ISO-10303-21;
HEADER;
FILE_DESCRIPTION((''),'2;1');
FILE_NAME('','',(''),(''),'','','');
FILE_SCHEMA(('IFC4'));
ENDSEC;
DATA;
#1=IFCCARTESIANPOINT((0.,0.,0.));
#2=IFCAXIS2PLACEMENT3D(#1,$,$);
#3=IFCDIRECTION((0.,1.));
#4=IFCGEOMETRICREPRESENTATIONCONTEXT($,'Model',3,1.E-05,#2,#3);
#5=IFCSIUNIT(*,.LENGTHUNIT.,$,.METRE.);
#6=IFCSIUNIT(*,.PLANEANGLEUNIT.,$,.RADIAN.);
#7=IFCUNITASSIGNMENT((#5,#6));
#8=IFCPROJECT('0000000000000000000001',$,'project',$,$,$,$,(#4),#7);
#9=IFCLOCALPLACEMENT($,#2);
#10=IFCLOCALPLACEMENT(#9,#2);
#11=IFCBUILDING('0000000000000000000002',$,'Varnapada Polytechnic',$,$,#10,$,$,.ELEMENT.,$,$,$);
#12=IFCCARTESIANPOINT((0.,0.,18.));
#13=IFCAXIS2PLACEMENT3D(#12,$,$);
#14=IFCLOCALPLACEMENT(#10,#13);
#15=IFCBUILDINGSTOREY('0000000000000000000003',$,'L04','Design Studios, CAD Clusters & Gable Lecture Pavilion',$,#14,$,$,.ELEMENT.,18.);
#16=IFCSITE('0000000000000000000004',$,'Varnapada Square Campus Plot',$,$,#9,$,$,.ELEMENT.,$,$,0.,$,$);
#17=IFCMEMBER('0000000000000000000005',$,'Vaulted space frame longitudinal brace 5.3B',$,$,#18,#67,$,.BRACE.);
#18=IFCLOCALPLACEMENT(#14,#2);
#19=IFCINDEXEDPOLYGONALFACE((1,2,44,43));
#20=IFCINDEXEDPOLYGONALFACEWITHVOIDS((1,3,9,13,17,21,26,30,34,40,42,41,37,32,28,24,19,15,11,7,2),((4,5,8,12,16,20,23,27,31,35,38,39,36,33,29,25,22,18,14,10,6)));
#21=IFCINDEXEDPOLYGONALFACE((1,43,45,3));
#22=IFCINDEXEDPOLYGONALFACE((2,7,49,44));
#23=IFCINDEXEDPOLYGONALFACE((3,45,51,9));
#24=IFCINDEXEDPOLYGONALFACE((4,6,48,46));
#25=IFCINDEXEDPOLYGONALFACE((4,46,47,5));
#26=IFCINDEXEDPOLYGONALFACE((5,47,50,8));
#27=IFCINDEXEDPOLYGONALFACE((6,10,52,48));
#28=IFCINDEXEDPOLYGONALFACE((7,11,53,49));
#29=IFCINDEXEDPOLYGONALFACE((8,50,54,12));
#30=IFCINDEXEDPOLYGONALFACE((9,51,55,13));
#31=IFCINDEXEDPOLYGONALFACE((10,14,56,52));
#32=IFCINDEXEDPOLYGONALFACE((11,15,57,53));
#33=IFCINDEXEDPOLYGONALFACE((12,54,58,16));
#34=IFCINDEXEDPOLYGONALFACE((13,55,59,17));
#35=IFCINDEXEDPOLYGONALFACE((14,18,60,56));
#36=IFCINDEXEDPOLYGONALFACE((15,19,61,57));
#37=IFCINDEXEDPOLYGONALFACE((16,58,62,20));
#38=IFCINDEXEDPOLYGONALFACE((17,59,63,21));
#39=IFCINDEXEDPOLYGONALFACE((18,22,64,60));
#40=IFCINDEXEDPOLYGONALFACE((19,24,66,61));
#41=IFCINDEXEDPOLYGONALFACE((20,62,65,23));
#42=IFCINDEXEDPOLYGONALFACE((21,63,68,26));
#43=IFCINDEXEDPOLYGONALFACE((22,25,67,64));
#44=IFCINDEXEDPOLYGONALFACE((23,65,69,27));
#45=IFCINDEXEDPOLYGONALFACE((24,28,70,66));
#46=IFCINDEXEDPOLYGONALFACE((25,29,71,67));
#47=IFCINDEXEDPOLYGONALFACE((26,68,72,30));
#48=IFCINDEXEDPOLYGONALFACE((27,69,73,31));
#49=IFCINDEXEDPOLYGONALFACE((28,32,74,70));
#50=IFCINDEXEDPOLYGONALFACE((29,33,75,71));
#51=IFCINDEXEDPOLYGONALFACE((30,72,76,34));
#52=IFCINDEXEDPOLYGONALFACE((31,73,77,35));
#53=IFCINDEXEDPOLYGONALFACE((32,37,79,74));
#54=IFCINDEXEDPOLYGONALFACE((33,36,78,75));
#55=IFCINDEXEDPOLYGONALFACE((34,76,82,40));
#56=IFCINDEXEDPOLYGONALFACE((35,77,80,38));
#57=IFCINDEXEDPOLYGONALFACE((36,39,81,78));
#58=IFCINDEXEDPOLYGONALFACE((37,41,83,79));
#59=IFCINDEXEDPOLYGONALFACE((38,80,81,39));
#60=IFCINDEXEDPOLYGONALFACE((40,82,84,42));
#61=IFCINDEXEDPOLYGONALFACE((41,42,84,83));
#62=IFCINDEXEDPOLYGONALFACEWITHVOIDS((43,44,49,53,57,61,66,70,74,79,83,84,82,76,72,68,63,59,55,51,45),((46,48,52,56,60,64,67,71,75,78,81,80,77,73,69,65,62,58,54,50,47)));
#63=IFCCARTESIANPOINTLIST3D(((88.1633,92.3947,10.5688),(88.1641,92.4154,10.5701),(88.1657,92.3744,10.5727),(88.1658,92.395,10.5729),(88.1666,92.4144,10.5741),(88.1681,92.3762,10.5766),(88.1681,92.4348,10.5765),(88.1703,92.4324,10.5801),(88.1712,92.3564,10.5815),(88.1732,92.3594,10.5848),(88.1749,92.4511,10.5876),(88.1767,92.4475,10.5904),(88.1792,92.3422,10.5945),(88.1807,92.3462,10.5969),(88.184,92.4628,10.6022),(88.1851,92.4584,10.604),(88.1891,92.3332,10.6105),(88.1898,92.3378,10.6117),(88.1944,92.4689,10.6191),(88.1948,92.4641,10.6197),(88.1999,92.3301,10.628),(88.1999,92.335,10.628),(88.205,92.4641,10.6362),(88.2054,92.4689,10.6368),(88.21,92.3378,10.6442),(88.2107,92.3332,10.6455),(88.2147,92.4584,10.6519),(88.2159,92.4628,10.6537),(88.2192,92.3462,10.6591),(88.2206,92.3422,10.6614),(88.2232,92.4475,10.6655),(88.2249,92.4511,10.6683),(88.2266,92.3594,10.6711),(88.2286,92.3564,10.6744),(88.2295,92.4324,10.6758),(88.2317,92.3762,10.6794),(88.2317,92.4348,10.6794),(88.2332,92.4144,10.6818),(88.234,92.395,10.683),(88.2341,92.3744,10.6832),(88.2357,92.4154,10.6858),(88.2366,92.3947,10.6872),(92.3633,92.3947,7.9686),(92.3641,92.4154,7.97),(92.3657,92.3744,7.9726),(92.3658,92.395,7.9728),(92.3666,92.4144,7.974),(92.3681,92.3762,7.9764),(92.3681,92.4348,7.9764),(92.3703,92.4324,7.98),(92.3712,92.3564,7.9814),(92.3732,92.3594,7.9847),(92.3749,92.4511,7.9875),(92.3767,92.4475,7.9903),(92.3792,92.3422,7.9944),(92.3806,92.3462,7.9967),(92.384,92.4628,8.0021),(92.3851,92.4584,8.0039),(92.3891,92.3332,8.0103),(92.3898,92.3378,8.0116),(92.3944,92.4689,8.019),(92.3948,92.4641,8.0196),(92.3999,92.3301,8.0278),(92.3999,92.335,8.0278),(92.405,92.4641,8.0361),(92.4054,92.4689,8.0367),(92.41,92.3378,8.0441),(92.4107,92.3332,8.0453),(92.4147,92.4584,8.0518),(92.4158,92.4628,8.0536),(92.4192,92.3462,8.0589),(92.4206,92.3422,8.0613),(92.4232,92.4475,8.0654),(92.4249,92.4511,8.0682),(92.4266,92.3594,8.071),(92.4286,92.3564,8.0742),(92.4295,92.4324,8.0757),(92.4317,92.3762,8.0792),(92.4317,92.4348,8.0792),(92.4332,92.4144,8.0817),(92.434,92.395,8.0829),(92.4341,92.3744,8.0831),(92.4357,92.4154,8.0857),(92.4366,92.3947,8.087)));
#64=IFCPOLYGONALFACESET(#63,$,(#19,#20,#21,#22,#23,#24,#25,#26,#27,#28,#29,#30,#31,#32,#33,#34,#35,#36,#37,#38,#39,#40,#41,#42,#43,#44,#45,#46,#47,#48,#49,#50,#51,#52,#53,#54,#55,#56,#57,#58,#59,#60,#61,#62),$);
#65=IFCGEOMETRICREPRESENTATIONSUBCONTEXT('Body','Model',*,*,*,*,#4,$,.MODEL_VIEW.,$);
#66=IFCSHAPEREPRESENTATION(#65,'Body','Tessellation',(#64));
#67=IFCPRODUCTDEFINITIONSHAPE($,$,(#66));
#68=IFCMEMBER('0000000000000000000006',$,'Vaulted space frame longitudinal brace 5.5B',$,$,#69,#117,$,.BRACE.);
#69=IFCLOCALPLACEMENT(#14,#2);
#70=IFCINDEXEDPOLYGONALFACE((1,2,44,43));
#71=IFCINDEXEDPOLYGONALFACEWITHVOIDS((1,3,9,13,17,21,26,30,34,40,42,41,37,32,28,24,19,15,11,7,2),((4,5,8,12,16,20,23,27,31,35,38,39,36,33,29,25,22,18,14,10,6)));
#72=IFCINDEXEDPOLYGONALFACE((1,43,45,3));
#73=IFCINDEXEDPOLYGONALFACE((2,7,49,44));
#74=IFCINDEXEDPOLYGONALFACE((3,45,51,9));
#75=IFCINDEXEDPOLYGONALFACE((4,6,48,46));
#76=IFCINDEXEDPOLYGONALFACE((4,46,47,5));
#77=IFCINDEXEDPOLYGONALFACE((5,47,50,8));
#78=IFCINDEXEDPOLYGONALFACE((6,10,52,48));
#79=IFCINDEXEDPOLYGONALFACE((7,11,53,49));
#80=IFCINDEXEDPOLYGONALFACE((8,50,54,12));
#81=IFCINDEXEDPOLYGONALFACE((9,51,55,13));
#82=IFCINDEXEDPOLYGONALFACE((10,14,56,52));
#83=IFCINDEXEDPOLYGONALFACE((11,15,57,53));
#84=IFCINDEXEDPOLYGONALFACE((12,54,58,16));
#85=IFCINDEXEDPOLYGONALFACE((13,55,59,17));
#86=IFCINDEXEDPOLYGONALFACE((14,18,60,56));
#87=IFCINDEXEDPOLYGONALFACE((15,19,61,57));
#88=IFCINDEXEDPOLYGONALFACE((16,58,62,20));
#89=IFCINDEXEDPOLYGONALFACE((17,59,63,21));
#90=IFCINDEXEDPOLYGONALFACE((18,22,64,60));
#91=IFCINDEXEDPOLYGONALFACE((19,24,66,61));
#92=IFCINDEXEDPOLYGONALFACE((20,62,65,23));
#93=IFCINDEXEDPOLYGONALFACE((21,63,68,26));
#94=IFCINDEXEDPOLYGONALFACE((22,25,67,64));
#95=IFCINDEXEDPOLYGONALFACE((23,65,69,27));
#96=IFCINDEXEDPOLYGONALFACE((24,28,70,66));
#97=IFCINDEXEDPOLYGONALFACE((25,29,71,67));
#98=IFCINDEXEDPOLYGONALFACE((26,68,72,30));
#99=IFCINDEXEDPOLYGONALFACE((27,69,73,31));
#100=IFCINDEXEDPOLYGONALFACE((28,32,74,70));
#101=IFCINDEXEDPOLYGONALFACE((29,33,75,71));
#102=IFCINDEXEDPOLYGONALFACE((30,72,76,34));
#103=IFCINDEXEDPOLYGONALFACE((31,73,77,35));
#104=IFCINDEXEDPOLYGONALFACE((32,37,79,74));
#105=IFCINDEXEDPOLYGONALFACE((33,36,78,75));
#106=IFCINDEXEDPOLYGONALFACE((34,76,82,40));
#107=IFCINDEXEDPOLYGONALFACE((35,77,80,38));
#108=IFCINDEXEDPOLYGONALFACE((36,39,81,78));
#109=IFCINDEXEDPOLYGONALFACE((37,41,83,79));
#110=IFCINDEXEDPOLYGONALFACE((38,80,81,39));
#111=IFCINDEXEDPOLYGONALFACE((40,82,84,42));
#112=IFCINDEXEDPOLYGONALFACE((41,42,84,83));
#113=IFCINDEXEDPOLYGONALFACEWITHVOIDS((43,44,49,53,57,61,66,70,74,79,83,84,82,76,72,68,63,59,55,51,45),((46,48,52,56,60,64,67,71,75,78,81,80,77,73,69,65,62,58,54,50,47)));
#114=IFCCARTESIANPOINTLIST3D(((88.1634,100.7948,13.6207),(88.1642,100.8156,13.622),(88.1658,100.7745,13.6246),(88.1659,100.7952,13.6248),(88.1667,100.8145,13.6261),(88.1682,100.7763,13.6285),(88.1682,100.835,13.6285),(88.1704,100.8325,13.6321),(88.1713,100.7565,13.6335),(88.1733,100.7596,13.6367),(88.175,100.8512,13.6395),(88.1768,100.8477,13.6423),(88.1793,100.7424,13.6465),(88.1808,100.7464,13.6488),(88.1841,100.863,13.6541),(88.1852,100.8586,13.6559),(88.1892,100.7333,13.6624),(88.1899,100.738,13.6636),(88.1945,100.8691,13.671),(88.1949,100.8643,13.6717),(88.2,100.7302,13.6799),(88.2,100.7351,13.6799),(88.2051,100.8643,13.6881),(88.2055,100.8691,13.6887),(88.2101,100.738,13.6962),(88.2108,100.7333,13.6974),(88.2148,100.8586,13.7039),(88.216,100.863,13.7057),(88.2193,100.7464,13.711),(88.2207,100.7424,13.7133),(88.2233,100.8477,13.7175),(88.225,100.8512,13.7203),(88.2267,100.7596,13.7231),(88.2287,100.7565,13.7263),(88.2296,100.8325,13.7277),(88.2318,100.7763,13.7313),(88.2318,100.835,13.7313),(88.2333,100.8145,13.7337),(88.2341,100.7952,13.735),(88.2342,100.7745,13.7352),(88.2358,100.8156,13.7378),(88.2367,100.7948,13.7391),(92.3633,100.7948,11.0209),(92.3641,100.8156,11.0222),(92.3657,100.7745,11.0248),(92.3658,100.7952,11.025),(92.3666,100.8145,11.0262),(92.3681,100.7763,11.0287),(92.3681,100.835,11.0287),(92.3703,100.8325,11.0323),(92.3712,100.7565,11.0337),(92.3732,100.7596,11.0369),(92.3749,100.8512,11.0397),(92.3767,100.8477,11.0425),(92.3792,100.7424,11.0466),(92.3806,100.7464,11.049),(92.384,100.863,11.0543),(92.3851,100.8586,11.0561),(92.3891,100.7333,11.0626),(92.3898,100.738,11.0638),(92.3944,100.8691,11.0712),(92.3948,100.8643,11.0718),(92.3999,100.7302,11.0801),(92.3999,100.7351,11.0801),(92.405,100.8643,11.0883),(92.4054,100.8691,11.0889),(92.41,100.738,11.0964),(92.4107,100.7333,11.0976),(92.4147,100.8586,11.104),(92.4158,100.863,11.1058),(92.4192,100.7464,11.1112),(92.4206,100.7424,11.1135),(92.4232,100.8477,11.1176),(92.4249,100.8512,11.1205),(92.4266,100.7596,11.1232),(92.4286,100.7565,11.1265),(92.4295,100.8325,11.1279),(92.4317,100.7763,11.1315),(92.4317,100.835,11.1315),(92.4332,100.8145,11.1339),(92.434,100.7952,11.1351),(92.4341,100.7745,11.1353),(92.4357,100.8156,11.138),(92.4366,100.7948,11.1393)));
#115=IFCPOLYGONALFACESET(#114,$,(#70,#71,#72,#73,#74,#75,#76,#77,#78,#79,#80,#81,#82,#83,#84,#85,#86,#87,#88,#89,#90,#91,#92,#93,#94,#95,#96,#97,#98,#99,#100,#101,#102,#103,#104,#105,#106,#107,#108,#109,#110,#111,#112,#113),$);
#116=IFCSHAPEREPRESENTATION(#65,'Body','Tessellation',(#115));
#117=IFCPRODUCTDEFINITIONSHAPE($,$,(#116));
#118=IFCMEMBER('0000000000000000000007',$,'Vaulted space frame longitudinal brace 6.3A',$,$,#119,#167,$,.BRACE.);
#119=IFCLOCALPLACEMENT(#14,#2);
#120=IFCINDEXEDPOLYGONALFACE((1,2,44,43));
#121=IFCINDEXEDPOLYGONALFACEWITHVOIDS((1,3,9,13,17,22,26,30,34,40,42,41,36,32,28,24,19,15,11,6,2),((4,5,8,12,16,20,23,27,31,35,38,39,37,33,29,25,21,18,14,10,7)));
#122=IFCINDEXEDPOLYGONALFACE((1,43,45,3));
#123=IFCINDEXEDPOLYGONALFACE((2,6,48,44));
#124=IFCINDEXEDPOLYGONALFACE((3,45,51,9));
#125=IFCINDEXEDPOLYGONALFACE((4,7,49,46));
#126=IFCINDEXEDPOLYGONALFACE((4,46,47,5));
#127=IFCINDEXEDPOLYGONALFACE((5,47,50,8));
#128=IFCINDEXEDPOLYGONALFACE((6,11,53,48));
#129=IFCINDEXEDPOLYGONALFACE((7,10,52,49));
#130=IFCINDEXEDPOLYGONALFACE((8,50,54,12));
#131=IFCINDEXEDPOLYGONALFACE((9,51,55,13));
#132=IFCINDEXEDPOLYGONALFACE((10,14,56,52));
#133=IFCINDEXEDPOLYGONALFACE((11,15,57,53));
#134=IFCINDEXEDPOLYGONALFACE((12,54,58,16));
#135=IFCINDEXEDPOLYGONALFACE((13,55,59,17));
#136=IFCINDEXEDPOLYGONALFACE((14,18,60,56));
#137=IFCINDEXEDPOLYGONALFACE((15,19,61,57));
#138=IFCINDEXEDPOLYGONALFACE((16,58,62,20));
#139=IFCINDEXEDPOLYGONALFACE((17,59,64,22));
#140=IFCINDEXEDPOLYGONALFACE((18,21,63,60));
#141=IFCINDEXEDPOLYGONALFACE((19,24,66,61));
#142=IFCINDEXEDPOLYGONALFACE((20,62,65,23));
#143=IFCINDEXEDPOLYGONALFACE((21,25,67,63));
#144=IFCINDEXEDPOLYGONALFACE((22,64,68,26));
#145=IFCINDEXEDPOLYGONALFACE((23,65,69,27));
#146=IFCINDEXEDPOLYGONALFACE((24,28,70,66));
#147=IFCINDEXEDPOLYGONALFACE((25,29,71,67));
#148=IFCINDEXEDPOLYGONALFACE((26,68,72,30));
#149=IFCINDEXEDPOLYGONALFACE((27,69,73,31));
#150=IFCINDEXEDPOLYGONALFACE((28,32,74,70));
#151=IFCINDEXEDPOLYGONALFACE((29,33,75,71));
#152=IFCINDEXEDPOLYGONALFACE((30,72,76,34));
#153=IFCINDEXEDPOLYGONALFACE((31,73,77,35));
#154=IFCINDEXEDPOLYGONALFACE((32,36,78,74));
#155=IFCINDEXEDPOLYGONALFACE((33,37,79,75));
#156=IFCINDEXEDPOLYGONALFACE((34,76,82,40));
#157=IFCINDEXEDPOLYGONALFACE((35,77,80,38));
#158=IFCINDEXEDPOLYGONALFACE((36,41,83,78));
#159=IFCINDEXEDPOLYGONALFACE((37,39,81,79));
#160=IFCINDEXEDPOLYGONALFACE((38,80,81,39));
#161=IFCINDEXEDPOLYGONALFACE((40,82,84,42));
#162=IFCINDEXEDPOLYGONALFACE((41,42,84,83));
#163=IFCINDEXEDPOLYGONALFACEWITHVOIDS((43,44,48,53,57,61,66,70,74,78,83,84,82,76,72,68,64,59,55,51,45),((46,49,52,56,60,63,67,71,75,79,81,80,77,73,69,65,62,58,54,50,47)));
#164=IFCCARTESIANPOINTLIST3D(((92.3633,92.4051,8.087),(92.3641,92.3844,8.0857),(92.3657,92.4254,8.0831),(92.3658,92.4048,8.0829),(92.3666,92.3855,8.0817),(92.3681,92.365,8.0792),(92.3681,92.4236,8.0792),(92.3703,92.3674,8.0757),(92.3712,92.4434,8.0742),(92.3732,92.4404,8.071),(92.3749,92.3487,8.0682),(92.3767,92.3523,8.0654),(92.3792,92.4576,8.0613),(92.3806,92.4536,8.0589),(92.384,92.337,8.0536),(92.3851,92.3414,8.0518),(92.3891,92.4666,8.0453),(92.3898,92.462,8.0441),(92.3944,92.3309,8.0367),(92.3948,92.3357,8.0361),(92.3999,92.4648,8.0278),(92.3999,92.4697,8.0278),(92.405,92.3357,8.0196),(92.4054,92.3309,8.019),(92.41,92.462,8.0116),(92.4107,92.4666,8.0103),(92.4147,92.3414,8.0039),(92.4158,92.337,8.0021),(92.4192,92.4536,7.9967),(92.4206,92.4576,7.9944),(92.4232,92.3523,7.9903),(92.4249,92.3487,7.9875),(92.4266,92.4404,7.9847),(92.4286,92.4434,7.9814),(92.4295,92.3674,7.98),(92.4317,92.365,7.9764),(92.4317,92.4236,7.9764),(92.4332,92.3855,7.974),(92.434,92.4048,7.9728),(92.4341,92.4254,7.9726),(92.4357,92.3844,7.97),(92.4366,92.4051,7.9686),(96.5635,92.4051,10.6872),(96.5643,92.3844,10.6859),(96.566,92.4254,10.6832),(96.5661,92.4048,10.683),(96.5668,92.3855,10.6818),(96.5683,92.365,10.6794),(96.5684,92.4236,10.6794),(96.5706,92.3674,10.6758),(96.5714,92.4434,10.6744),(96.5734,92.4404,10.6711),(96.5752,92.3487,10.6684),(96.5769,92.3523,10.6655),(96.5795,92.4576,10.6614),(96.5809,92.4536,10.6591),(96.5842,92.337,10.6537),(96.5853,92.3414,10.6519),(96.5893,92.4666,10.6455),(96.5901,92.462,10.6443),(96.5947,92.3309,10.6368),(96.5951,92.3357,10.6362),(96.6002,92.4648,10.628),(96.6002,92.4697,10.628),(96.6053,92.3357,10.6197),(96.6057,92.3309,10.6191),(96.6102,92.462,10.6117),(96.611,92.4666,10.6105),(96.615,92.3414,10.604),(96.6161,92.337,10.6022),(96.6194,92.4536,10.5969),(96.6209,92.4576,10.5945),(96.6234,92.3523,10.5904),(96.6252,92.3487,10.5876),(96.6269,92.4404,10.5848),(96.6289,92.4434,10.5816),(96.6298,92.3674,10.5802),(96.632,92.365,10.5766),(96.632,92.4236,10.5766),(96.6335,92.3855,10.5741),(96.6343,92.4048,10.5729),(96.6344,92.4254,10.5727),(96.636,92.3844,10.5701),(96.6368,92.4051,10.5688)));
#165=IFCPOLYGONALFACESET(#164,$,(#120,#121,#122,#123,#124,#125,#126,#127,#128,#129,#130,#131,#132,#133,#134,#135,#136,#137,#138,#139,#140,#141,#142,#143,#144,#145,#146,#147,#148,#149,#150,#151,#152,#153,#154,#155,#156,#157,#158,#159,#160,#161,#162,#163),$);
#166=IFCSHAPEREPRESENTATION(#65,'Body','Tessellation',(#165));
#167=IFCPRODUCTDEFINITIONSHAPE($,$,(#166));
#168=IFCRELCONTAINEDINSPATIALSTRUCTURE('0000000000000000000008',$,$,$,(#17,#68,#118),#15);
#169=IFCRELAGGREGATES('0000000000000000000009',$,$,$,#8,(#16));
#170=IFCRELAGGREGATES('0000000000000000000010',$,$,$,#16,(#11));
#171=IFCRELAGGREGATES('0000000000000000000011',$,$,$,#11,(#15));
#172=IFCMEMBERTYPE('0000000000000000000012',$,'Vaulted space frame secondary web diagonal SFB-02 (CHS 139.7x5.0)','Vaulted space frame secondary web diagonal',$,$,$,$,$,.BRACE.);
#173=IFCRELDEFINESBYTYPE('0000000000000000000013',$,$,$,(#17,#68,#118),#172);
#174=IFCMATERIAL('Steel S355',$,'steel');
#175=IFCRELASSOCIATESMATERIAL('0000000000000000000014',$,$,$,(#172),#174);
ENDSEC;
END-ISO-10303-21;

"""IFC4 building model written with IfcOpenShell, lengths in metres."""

from ifc_helpers import new_model, si_unit, direction, frame, origin, origin_2d, place, context, subcontext, project, spatial, hollow_circle, extrude, material, material_profile, profile_set, type_object, element, save


model = new_model("IFC4")

# Units and contexts
model_context = context("Model", 3, precision=1e-05, world=origin(), true_north=direction((0.0, 1.0)))
body_context = subcontext(model_context, "Body", "Model", "MODEL_VIEW")
ifc_project = project(units=[si_unit("LENGTHUNIT", "METRE"), si_unit("PLANEANGLEUNIT", "RADIAN")], contexts=[model_context])

# Site, building, storey
site_placement = place(None, origin())
site = spatial("IfcSite", under=ifc_project, at=site_placement, Name="Varnapada Square Campus Plot", CompositionType="ELEMENT", RefElevation=0.0)
building_placement = place(site_placement, origin())
building = spatial("IfcBuilding", under=site, at=building_placement, Name="Varnapada Polytechnic", CompositionType="ELEMENT")
storey_placement = place(building_placement, frame((0.0, 0.0, 18.0)))
storey = spatial("IfcBuildingStorey", under=building, at=storey_placement, Name="L04", Description="Design Studios, CAD Clusters & Gable Lecture Pavilion", CompositionType="ELEMENT", Elevation=18.0)

# Shared definitions
ifc_material = material(Name="Steel S355", Category="steel")

# Members
ifc_material_profile_1 = material_profile(ifc_material, hollow_circle(Radius=0.0698, WallThickness=0.0049, at=origin_2d()), Name="CHS 139.7x5.0")
ifc_profile_set_1 = profile_set([ifc_material_profile_1], Name="Steel S355")
member_type_1 = type_object("IfcMemberType", Name="Vaulted space frame secondary web diagonal SFB-02 (CHS 139.7x5.0)", Description="Vaulted space frame secondary web diagonal", PredefinedType="BRACE", material=ifc_profile_set_1)
member_1_placement = place(storey_placement, frame((92.3999, 92.3999, 8.0278), z_axis=(-0.850254, 0.0, 0.526373), x_axis=(0.0, -1.0, 0.0)))
element("IfcMember", 1, at=member_1_placement, inside=storey, type_object=member_type_1, Name="Vaulted space frame longitudinal brace 5.3B", PredefinedType="BRACE", context=body_context, shape_type="SweptSolid", body=[
    extrude(hollow_circle(Radius=0.0698, WallThickness=0.0049, at=origin_2d()), origin(), (0.0, 0.0, 1.0), 4.9397),
])
member_2_placement = place(storey_placement, frame((92.3999, 100.8, 11.0801), z_axis=(-0.850276, 0.0, 0.526338), x_axis=(0.0, -1.0, 0.0)))
element("IfcMember", 2, at=member_2_placement, inside=storey, type_object=member_type_1, Name="Vaulted space frame longitudinal brace 5.5B", PredefinedType="BRACE", context=body_context, shape_type="SweptSolid", body=[
    extrude(hollow_circle(Radius=0.0698, WallThickness=0.0049, at=origin_2d()), origin(), (0.0, 0.0, 1.0), 4.9395),
])
member_3_placement = place(storey_placement, frame((92.3999, 92.3999, 8.0278), z_axis=(0.850267, 0.0, 0.526351), x_axis=(0.0, 1.0, 0.0)))
element("IfcMember", 3, at=member_3_placement, inside=storey, type_object=member_type_1, Name="Vaulted space frame longitudinal brace 6.3A", PredefinedType="BRACE", context=body_context, shape_type="SweptSolid", body=[
    extrude(hollow_circle(Radius=0.0698, WallThickness=0.0049, at=origin_2d()), origin(), (0.0, 0.0, 1.0), 4.9399),
])

save(model, "model.ifc")
